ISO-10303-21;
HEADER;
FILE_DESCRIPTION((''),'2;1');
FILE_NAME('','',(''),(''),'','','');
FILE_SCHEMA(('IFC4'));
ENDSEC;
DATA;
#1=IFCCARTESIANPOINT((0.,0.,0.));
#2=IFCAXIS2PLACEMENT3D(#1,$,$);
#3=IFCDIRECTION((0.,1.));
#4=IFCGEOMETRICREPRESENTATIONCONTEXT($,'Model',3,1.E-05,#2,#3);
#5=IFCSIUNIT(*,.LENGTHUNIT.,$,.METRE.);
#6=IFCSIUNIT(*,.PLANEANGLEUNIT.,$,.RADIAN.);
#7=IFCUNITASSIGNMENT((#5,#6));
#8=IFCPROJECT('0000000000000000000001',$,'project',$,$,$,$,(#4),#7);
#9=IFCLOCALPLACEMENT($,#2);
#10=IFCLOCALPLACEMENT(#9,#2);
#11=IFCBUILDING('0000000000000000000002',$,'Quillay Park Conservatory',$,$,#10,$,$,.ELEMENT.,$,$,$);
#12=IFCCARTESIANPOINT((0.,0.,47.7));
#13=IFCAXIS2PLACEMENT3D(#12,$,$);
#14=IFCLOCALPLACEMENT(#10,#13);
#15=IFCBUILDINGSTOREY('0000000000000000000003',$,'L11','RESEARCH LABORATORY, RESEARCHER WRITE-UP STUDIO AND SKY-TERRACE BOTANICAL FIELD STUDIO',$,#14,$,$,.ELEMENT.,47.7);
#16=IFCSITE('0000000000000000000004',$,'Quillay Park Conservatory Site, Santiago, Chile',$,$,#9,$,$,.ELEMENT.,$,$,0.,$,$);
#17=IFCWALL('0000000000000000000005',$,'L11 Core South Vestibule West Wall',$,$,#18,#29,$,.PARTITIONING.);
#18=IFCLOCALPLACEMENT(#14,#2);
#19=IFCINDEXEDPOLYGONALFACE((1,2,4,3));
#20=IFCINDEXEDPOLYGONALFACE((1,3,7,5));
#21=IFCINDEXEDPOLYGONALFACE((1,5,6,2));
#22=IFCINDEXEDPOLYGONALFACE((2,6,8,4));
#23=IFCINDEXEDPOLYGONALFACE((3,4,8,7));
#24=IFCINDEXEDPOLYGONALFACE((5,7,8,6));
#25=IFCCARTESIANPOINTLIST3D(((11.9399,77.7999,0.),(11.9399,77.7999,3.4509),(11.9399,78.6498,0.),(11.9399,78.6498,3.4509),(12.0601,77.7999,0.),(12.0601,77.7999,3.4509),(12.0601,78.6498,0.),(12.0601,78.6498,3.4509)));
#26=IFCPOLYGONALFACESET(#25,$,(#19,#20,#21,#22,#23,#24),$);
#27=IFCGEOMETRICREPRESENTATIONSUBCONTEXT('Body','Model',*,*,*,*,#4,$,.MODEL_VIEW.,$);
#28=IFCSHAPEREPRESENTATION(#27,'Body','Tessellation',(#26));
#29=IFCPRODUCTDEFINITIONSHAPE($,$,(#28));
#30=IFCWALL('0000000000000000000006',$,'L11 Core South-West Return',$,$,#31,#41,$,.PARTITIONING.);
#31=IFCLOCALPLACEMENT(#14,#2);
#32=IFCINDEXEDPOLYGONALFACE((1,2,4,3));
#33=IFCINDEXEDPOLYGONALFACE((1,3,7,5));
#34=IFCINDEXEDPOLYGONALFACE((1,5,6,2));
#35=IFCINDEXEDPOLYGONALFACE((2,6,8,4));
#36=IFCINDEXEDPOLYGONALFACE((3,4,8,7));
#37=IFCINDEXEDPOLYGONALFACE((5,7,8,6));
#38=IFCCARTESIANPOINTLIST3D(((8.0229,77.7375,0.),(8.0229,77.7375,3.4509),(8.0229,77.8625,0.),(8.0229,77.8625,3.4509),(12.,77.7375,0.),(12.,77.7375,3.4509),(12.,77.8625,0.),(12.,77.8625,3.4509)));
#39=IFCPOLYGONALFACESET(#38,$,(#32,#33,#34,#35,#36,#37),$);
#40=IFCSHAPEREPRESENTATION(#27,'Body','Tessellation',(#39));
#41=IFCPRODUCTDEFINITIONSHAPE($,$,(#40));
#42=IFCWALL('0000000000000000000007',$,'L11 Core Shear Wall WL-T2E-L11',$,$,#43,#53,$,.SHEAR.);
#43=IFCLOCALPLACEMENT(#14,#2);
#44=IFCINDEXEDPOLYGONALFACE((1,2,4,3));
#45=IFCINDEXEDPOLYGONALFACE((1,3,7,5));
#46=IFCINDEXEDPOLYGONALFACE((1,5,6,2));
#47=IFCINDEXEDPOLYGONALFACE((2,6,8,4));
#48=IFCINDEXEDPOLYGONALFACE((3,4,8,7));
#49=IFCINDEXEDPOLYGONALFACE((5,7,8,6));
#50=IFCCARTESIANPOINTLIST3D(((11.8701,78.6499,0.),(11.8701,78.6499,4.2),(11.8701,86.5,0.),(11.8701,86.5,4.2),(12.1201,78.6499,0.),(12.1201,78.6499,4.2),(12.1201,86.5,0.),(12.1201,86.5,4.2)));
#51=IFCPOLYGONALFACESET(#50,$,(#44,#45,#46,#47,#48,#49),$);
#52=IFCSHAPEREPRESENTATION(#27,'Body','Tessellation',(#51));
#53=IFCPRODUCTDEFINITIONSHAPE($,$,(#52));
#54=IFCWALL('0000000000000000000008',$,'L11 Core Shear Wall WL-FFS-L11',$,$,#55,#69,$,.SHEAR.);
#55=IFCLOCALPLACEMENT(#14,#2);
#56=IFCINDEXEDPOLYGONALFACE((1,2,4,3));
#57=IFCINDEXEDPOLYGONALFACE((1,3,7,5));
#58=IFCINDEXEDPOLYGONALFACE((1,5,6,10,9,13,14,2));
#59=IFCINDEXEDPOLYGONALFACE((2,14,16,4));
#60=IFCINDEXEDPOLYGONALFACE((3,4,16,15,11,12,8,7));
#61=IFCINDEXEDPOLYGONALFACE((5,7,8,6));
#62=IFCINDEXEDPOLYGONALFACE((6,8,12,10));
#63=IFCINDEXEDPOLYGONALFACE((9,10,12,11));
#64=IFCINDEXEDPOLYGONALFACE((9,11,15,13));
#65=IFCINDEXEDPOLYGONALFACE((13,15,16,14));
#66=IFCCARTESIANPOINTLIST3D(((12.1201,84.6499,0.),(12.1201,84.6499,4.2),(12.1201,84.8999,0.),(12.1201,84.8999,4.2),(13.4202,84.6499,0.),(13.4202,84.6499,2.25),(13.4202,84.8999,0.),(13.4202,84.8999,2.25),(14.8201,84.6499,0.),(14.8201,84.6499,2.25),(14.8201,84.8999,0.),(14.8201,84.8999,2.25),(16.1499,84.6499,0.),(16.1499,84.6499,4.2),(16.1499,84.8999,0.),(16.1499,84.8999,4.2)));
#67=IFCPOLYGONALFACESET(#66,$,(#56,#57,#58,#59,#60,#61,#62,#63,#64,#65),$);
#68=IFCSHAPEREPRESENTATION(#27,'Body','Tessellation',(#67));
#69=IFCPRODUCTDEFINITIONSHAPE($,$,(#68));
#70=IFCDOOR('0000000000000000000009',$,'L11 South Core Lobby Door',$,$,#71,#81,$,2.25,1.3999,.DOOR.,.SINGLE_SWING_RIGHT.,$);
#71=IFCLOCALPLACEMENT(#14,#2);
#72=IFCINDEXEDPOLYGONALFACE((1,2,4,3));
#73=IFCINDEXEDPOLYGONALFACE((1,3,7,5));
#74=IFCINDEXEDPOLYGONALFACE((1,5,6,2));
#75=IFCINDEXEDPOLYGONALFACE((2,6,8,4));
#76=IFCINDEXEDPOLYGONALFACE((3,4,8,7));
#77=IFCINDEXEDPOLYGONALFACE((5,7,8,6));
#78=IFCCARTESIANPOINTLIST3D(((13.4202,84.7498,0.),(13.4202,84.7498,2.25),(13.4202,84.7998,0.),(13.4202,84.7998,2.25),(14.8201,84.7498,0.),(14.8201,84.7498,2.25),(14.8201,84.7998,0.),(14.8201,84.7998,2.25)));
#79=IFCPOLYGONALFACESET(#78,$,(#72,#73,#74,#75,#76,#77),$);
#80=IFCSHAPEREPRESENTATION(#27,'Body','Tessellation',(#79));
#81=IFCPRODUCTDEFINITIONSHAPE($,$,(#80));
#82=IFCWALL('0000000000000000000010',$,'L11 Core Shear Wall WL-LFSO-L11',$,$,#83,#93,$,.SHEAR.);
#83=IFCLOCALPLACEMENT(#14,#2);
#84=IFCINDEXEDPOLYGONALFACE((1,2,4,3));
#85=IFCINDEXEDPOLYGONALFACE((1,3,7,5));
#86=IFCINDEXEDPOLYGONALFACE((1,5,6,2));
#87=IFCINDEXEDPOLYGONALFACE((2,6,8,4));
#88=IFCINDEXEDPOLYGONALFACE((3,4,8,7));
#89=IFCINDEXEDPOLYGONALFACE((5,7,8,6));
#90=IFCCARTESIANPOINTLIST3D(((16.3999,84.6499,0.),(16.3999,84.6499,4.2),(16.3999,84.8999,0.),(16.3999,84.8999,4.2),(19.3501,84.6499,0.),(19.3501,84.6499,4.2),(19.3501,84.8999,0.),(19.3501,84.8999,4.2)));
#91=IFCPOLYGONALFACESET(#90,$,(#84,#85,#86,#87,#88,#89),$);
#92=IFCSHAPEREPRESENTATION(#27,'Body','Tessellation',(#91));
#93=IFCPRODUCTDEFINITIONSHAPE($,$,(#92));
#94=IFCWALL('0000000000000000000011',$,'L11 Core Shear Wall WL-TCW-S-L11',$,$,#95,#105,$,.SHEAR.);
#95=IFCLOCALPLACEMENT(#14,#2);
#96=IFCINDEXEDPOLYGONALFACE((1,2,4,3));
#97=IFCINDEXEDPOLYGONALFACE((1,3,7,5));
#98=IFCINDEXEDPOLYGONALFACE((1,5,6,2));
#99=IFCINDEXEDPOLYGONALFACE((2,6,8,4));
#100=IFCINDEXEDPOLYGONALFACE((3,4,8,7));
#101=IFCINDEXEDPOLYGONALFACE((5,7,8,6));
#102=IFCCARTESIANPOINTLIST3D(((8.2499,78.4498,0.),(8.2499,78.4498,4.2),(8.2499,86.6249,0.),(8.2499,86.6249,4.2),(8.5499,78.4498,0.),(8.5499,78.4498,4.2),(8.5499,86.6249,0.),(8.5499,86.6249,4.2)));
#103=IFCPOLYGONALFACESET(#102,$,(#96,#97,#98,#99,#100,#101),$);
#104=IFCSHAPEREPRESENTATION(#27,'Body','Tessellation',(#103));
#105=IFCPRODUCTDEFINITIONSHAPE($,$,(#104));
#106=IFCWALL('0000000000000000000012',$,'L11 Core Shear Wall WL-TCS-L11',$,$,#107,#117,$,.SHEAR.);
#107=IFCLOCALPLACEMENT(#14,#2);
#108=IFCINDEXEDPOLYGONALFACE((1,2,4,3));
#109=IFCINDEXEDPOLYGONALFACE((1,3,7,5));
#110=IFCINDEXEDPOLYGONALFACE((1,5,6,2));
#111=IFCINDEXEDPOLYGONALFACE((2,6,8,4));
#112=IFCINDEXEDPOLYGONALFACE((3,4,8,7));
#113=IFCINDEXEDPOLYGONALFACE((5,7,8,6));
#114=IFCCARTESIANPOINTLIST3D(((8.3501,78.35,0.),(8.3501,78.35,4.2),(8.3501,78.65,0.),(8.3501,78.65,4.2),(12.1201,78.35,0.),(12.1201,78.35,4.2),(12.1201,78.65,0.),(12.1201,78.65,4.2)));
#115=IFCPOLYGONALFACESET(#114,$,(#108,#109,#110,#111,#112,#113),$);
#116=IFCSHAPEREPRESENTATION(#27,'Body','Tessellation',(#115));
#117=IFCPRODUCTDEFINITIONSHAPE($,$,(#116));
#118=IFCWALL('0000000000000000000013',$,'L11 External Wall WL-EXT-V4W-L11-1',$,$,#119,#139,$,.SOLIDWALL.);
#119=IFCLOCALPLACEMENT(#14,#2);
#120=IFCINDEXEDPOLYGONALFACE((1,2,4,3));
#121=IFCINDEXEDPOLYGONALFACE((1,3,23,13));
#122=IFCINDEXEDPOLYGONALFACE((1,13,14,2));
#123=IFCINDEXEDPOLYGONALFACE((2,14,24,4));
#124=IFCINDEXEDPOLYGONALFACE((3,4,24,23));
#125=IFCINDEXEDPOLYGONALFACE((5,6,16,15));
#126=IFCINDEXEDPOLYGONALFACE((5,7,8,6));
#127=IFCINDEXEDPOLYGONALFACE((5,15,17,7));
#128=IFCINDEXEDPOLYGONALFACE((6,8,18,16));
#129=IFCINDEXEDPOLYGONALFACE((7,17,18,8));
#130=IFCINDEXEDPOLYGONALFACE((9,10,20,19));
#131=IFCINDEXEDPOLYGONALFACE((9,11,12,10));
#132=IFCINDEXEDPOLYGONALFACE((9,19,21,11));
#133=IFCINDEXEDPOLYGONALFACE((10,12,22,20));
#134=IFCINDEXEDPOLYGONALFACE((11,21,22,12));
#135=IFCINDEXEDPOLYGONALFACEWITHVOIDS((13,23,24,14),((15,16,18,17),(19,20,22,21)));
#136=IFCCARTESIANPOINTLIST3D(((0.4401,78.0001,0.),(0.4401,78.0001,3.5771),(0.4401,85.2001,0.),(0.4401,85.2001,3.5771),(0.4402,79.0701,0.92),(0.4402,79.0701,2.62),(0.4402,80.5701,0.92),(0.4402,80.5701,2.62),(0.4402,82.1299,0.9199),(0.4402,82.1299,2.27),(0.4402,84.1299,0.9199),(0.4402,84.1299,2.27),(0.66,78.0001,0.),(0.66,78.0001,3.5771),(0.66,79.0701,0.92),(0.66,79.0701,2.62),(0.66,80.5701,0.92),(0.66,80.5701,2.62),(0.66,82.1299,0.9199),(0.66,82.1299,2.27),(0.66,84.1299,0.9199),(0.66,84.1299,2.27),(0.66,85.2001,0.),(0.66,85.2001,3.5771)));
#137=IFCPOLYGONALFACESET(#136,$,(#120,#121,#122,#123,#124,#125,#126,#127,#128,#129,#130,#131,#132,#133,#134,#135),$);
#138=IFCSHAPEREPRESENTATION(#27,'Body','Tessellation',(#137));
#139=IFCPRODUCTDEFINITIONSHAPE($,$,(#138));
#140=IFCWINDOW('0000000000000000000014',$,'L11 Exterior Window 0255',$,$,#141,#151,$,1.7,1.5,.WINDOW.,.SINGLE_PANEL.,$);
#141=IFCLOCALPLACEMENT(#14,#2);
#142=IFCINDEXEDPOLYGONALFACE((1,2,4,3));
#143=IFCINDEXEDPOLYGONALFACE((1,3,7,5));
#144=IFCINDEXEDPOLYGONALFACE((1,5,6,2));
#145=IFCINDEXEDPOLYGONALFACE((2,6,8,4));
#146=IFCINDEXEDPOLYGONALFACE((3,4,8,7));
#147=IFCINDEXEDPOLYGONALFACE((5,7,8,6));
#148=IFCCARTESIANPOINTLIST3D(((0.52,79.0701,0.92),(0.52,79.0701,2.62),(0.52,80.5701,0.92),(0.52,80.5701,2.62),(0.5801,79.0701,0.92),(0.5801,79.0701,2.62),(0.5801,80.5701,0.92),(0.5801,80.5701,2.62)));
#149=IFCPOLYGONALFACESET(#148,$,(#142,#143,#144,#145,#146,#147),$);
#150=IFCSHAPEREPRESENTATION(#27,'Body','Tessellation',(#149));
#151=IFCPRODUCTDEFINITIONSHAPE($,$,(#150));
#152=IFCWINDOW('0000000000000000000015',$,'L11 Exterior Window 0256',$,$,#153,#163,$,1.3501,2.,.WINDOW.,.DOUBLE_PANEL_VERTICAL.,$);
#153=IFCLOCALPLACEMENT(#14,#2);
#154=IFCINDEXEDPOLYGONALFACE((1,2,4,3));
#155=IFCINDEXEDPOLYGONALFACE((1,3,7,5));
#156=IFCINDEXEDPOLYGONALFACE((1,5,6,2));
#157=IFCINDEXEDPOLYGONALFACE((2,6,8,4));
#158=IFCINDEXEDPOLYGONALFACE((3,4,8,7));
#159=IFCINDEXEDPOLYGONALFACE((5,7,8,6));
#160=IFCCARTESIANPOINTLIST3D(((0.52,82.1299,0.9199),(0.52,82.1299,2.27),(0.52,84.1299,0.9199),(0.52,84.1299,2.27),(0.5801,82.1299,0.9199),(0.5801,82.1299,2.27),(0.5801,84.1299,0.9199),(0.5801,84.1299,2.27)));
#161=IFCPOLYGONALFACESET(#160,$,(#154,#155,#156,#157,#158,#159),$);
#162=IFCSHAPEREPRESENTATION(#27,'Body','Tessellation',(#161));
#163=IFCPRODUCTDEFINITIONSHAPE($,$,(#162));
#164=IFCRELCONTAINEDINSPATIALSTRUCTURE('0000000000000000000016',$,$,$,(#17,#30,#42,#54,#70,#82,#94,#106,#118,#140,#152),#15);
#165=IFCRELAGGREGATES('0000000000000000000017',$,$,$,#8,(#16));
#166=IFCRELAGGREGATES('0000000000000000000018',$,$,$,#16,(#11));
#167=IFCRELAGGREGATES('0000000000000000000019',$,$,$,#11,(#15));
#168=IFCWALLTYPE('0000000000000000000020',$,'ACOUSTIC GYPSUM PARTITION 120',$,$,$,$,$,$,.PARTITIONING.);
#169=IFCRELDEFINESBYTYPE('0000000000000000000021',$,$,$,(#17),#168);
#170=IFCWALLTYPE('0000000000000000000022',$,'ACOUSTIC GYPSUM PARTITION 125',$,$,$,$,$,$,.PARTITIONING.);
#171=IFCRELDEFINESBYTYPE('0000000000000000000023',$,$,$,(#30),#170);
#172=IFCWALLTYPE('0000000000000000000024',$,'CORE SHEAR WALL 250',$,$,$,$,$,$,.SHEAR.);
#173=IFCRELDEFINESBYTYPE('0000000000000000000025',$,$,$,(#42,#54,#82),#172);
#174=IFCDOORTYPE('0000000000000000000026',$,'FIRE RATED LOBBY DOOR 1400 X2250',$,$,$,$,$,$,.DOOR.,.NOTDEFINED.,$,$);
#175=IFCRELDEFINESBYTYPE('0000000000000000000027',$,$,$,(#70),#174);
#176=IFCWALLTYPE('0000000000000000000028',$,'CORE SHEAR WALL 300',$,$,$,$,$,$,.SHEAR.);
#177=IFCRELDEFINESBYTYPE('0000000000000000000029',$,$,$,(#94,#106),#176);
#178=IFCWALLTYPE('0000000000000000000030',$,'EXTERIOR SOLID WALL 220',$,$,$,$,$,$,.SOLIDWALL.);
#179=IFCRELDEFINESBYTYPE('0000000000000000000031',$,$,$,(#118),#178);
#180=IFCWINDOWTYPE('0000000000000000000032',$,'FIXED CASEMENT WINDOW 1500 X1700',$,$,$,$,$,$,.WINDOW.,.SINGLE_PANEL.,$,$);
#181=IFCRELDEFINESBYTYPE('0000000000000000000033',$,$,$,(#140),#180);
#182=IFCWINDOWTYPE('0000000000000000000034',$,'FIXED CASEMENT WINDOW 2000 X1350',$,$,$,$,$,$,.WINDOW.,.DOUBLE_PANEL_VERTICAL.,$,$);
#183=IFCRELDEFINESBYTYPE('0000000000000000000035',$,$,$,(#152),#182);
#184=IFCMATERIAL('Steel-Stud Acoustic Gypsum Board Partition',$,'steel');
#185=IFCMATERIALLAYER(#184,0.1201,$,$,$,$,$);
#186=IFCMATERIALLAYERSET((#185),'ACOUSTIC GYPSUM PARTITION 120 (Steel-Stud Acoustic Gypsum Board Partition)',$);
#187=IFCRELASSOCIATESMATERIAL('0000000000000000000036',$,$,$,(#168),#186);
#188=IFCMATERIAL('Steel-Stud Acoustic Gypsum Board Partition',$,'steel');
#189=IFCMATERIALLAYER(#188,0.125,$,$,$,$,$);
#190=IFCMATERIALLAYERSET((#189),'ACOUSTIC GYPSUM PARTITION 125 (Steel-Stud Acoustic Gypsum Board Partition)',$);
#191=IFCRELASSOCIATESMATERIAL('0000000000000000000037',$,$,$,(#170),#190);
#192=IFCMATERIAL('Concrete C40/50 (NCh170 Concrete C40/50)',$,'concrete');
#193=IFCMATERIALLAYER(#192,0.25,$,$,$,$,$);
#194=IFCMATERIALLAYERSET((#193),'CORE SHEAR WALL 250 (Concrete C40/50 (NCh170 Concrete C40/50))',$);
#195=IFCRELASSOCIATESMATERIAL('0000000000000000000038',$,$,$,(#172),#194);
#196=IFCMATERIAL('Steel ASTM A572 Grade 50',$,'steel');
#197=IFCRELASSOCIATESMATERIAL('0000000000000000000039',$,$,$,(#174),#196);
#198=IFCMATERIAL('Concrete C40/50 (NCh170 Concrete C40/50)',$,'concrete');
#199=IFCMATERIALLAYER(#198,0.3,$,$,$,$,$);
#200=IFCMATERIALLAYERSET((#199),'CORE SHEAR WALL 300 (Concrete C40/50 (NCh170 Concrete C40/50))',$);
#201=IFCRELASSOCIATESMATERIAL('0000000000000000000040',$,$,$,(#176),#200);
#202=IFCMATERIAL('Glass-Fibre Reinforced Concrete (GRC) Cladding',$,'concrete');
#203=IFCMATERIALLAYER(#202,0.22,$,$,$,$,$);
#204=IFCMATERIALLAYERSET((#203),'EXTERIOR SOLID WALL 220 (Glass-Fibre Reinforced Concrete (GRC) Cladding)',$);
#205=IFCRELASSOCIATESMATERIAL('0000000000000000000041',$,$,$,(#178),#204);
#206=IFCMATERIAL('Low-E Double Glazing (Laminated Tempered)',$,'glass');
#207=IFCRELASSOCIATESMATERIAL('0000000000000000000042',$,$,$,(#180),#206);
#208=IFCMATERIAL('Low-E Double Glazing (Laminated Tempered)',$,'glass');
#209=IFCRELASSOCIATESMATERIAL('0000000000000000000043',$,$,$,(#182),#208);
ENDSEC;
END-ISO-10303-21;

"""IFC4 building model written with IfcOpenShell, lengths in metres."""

from ifc_helpers import new_model, si_unit, direction, frame, frame_2d, origin, place, context, subcontext, project, spatial, rectangle, extrude, material, layer, layer_set, type_object, element, fill, save


model = new_model("IFC4")

# Units and contexts
model_context = context("Model", 3, precision=1e-05, world=origin(), true_north=direction((0.0, 1.0)))
body_context = subcontext(model_context, "Body", "Model", "MODEL_VIEW")
ifc_project = project(units=[si_unit("LENGTHUNIT", "METRE"), si_unit("PLANEANGLEUNIT", "RADIAN")], contexts=[model_context])

# Site, building, storey
site_placement = place(None, origin())
site = spatial("IfcSite", under=ifc_project, at=site_placement, Name="Quillay Park Conservatory Site, Santiago, Chile", CompositionType="ELEMENT", RefElevation=0.0)
building_placement = place(site_placement, origin())
building = spatial("IfcBuilding", under=site, at=building_placement, Name="Quillay Park Conservatory", CompositionType="ELEMENT")
storey_placement = place(building_placement, frame((0.0, 0.0, 47.7)))
storey = spatial("IfcBuildingStorey", under=building, at=storey_placement, Name="L11", Description="RESEARCH LABORATORY, RESEARCHER WRITE-UP STUDIO AND SKY-TERRACE BOTANICAL FIELD STUDIO", CompositionType="ELEMENT", Elevation=47.7)

# Walls
ifc_material_1 = material(Name="Steel-Stud Acoustic Gypsum Board Partition", Category="steel")
ifc_layer_1 = layer(ifc_material_1, 0.1201)
ifc_layer_set_1 = layer_set([ifc_layer_1], Name="ACOUSTIC GYPSUM PARTITION 120 (Steel-Stud Acoustic Gypsum Board Partition)")
wall_type_1 = type_object("IfcWallType", Name="ACOUSTIC GYPSUM PARTITION 120", PredefinedType="PARTITIONING", material=ifc_layer_set_1)
wall_1_placement = place(storey_placement, frame((12.0, 77.8, 0.0), z_axis=(0.0, 0.0, 1.0), x_axis=(0.0, 1.0, 0.0)))
element("IfcWall", 1, at=wall_1_placement, inside=storey, type_object=wall_type_1, Name="L11 Core South Vestibule West Wall", PredefinedType="PARTITIONING", context=body_context, shape_type="SweptSolid", body=[
    extrude(rectangle(XDim=0.8499, YDim=0.1201, at=frame_2d((0.4248, 0.0))), origin(), (0.0, 0.0, 1.0), 3.4509),
])
ifc_material_2 = material(Name="Steel-Stud Acoustic Gypsum Board Partition", Category="steel")
ifc_layer_2 = layer(ifc_material_2, 0.125)
ifc_layer_set_2 = layer_set([ifc_layer_2], Name="ACOUSTIC GYPSUM PARTITION 125 (Steel-Stud Acoustic Gypsum Board Partition)")
wall_type_2 = type_object("IfcWallType", Name="ACOUSTIC GYPSUM PARTITION 125", PredefinedType="PARTITIONING", material=ifc_layer_set_2)
wall_2_placement = place(storey_placement, frame((8.0229, 77.8, 0.0), z_axis=(0.0, 0.0, 1.0), x_axis=(1.0, 0.0, 0.0)))
element("IfcWall", 2, at=wall_2_placement, inside=storey, type_object=wall_type_2, Name="L11 Core South-West Return", PredefinedType="PARTITIONING", context=body_context, shape_type="SweptSolid", body=[
    extrude(rectangle(XDim=3.9771, YDim=0.125, at=frame_2d((1.9885, 0.0))), origin(), (0.0, 0.0, 1.0), 3.4509),
])
ifc_material_3 = material(Name="Concrete C40/50 (NCh170 Concrete C40/50)", Category="concrete")
ifc_layer_3 = layer(ifc_material_3, 0.25)
ifc_layer_set_3 = layer_set([ifc_layer_3], Name="CORE SHEAR WALL 250 (Concrete C40/50 (NCh170 Concrete C40/50))")
wall_type_3 = type_object("IfcWallType", Name="CORE SHEAR WALL 250", PredefinedType="SHEAR", material=ifc_layer_set_3)
wall_3_placement = place(storey_placement, frame((11.9951, 78.6499, 0.0), z_axis=(0.0, 0.0, 1.0), x_axis=(0.0, 1.0, 0.0)))
element("IfcWall", 3, at=wall_3_placement, inside=storey, type_object=wall_type_3, Name="L11 Core Shear Wall WL-T2E-L11", PredefinedType="SHEAR", context=body_context, shape_type="SweptSolid", body=[
    extrude(rectangle(XDim=7.8501, YDim=0.25, at=frame_2d((3.925, 0.0))), origin(), (0.0, 0.0, 1.0), 4.2),
])

# Wall, opening, door
wall_4_placement = place(storey_placement, frame((12.1201, 84.7749, 0.0), z_axis=(0.0, 0.0, 1.0), x_axis=(1.0, 0.0, 0.0)))
wall_4 = element("IfcWall", 4, at=wall_4_placement, inside=storey, type_object=wall_type_3, Name="L11 Core Shear Wall WL-FFS-L11", PredefinedType="SHEAR", context=body_context, shape_type="SweptSolid", body=[
    extrude(rectangle(XDim=4.0298, YDim=0.25, at=frame_2d((2.0149, 0.0))), origin(), (0.0, 0.0, 1.0), 4.2),
])
opening_1_placement = place(wall_4_placement, frame((1.3, 0.0, 0.0)))
opening_1 = element("IfcOpeningElement", 5, at=opening_1_placement, cuts=wall_4, PredefinedType="OPENING", context=body_context, shape_type="SweptSolid", body=[
    extrude(rectangle(XDim=1.3999, YDim=2.25, at=frame_2d((0.7, 1.125))), frame((0.0, 0.125, 0.0), z_axis=(0.0, -1.0, 0.0), x_axis=(1.0, 0.0, 0.0)), (0.0, 0.0, 1.0), 0.25),
])
ifc_material_4 = material(Name="Steel ASTM A572 Grade 50", Category="steel")
door_type_1 = type_object("IfcDoorType", Name="FIRE RATED LOBBY DOOR 1400 X2250", OperationType="NOTDEFINED", PredefinedType="DOOR", material=ifc_material_4)
door_1_placement = place(opening_1_placement, origin())
door_1 = element("IfcDoor", 6, at=door_1_placement, inside=storey, type_object=door_type_1, Name="L11 South Core Lobby Door", OperationType="SINGLE_SWING_RIGHT", OverallHeight=2.25, OverallWidth=1.3999, PredefinedType="DOOR", context=body_context, shape_type="SweptSolid", body=[
    extrude(rectangle(XDim=1.3999, YDim=2.25, at=frame_2d((0.7, 1.125))), frame((0.0, 0.0249, 0.0), z_axis=(0.0, -1.0, 0.0), x_axis=(1.0, 0.0, 0.0)), (0.0, 0.0, 1.0), 0.05),
])
fill(opening_1, door_1)

# Walls
wall_5_placement = place(storey_placement, frame((16.3999, 84.7749, 0.0), z_axis=(0.0, 0.0, 1.0), x_axis=(1.0, 0.0, 0.0)))
element("IfcWall", 7, at=wall_5_placement, inside=storey, type_object=wall_type_3, Name="L11 Core Shear Wall WL-LFSO-L11", PredefinedType="SHEAR", context=body_context, shape_type="SweptSolid", body=[
    extrude(rectangle(XDim=2.9502, YDim=0.25, at=frame_2d((1.4751, 0.0))), origin(), (0.0, 0.0, 1.0), 4.2),
])
ifc_material_5 = material(Name="Concrete C40/50 (NCh170 Concrete C40/50)", Category="concrete")
ifc_layer_4 = layer(ifc_material_5, 0.3)
ifc_layer_set_4 = layer_set([ifc_layer_4], Name="CORE SHEAR WALL 300 (Concrete C40/50 (NCh170 Concrete C40/50))")
wall_type_4 = type_object("IfcWallType", Name="CORE SHEAR WALL 300", PredefinedType="SHEAR", material=ifc_layer_set_4)
wall_6_placement = place(storey_placement, frame((8.3999, 78.45, 0.0), z_axis=(0.0, 0.0, 1.0), x_axis=(0.0, 1.0, 0.0)))
element("IfcWall", 8, at=wall_6_placement, inside=storey, type_object=wall_type_4, Name="L11 Core Shear Wall WL-TCW-S-L11", PredefinedType="SHEAR", context=body_context, shape_type="SweptSolid", body=[
    extrude(rectangle(XDim=8.175, YDim=0.3, at=frame_2d((4.0874, 0.0))), origin(), (0.0, 0.0, 1.0), 4.2),
])
wall_7_placement = place(storey_placement, frame((8.3501, 78.5, 0.0), z_axis=(0.0, 0.0, 1.0), x_axis=(1.0, 0.0, 0.0)))
element("IfcWall", 9, at=wall_7_placement, inside=storey, type_object=wall_type_4, Name="L11 Core Shear Wall WL-TCS-L11", PredefinedType="SHEAR", context=body_context, shape_type="SweptSolid", body=[
    extrude(rectangle(XDim=3.77, YDim=0.3, at=frame_2d((1.885, 0.0))), origin(), (0.0, 0.0, 1.0), 4.2),
])

# Wall, openings, windows
ifc_material_6 = material(Name="Glass-Fibre Reinforced Concrete (GRC) Cladding", Category="concrete")
ifc_layer_5 = layer(ifc_material_6, 0.22)
ifc_layer_set_5 = layer_set([ifc_layer_5], Name="EXTERIOR SOLID WALL 220 (Glass-Fibre Reinforced Concrete (GRC) Cladding)")
wall_type_5 = type_object("IfcWallType", Name="EXTERIOR SOLID WALL 220", PredefinedType="SOLIDWALL", material=ifc_layer_set_5)
wall_8_placement = place(storey_placement, frame((0.55, 78.0, 0.0), z_axis=(0.0, 0.0, 1.0), x_axis=(0.0, 1.0, 0.0)))
wall_8 = element("IfcWall", 10, at=wall_8_placement, inside=storey, type_object=wall_type_5, Name="L11 External Wall WL-EXT-V4W-L11-1", PredefinedType="SOLIDWALL", context=body_context, shape_type="SweptSolid", body=[
    extrude(rectangle(XDim=7.2, YDim=0.22, at=frame_2d((3.6001, 0.0))), origin(), (0.0, 0.0, 1.0), 3.5771),
])
opening_2_placement = place(wall_8_placement, frame((1.0701, 0.0, 0.9199)))
opening_2 = element("IfcOpeningElement", 11, at=opening_2_placement, cuts=wall_8, PredefinedType="OPENING", context=body_context, shape_type="SweptSolid", body=[
    extrude(rectangle(XDim=1.5, YDim=1.7, at=frame_2d((0.75, 0.8501))), frame((0.0, 0.1099, 0.0), z_axis=(0.0, -1.0, 0.0), x_axis=(1.0, 0.0, 0.0)), (0.0, 0.0, 1.0), 0.22),
])
opening_3_placement = place(wall_8_placement, frame((4.1299, 0.0, 0.9199)))
opening_3 = element("IfcOpeningElement", 12, at=opening_3_placement, cuts=wall_8, PredefinedType="OPENING", context=body_context, shape_type="SweptSolid", body=[
    extrude(rectangle(XDim=2.0, YDim=1.3501, at=frame_2d((1.0, 0.675))), frame((0.0, 0.1099, 0.0), z_axis=(0.0, -1.0, 0.0), x_axis=(1.0, 0.0, 0.0)), (0.0, 0.0, 1.0), 0.22),
])
ifc_material_7 = material(Name="Low-E Double Glazing (Laminated Tempered)", Category="glass")
window_type_1 = type_object("IfcWindowType", Name="FIXED CASEMENT WINDOW 1500 X1700", PartitioningType="SINGLE_PANEL", PredefinedType="WINDOW", material=ifc_material_7)
window_1_placement = place(opening_2_placement, origin())
window_1 = element("IfcWindow", 13, at=window_1_placement, inside=storey, type_object=window_type_1, Name="L11 Exterior Window 0255", OverallHeight=1.7, OverallWidth=1.5, PartitioningType="SINGLE_PANEL", PredefinedType="WINDOW", context=body_context, shape_type="SweptSolid", body=[
    extrude(rectangle(XDim=1.5, YDim=1.7, at=frame_2d((0.75, 0.8501))), frame((0.0, 0.03, 0.0), z_axis=(0.0, -1.0, 0.0), x_axis=(1.0, 0.0, 0.0)), (0.0, 0.0, 1.0), 0.0601),
])
fill(opening_2, window_1)
ifc_material_8 = material(Name="Low-E Double Glazing (Laminated Tempered)", Category="glass")
window_type_2 = type_object("IfcWindowType", Name="FIXED CASEMENT WINDOW 2000 X1350", PartitioningType="DOUBLE_PANEL_VERTICAL", PredefinedType="WINDOW", material=ifc_material_8)
window_2_placement = place(opening_3_placement, origin())
window_2 = element("IfcWindow", 14, at=window_2_placement, inside=storey, type_object=window_type_2, Name="L11 Exterior Window 0256", OverallHeight=1.3501, OverallWidth=2.0, PartitioningType="DOUBLE_PANEL_VERTICAL", PredefinedType="WINDOW", context=body_context, shape_type="SweptSolid", body=[
    extrude(rectangle(XDim=2.0, YDim=1.3501, at=frame_2d((1.0, 0.675))), frame((0.0, 0.03, 0.0), z_axis=(0.0, -1.0, 0.0), x_axis=(1.0, 0.0, 0.0)), (0.0, 0.0, 1.0), 0.0601),
])
fill(opening_3, window_2)

save(model, "model.ifc")
